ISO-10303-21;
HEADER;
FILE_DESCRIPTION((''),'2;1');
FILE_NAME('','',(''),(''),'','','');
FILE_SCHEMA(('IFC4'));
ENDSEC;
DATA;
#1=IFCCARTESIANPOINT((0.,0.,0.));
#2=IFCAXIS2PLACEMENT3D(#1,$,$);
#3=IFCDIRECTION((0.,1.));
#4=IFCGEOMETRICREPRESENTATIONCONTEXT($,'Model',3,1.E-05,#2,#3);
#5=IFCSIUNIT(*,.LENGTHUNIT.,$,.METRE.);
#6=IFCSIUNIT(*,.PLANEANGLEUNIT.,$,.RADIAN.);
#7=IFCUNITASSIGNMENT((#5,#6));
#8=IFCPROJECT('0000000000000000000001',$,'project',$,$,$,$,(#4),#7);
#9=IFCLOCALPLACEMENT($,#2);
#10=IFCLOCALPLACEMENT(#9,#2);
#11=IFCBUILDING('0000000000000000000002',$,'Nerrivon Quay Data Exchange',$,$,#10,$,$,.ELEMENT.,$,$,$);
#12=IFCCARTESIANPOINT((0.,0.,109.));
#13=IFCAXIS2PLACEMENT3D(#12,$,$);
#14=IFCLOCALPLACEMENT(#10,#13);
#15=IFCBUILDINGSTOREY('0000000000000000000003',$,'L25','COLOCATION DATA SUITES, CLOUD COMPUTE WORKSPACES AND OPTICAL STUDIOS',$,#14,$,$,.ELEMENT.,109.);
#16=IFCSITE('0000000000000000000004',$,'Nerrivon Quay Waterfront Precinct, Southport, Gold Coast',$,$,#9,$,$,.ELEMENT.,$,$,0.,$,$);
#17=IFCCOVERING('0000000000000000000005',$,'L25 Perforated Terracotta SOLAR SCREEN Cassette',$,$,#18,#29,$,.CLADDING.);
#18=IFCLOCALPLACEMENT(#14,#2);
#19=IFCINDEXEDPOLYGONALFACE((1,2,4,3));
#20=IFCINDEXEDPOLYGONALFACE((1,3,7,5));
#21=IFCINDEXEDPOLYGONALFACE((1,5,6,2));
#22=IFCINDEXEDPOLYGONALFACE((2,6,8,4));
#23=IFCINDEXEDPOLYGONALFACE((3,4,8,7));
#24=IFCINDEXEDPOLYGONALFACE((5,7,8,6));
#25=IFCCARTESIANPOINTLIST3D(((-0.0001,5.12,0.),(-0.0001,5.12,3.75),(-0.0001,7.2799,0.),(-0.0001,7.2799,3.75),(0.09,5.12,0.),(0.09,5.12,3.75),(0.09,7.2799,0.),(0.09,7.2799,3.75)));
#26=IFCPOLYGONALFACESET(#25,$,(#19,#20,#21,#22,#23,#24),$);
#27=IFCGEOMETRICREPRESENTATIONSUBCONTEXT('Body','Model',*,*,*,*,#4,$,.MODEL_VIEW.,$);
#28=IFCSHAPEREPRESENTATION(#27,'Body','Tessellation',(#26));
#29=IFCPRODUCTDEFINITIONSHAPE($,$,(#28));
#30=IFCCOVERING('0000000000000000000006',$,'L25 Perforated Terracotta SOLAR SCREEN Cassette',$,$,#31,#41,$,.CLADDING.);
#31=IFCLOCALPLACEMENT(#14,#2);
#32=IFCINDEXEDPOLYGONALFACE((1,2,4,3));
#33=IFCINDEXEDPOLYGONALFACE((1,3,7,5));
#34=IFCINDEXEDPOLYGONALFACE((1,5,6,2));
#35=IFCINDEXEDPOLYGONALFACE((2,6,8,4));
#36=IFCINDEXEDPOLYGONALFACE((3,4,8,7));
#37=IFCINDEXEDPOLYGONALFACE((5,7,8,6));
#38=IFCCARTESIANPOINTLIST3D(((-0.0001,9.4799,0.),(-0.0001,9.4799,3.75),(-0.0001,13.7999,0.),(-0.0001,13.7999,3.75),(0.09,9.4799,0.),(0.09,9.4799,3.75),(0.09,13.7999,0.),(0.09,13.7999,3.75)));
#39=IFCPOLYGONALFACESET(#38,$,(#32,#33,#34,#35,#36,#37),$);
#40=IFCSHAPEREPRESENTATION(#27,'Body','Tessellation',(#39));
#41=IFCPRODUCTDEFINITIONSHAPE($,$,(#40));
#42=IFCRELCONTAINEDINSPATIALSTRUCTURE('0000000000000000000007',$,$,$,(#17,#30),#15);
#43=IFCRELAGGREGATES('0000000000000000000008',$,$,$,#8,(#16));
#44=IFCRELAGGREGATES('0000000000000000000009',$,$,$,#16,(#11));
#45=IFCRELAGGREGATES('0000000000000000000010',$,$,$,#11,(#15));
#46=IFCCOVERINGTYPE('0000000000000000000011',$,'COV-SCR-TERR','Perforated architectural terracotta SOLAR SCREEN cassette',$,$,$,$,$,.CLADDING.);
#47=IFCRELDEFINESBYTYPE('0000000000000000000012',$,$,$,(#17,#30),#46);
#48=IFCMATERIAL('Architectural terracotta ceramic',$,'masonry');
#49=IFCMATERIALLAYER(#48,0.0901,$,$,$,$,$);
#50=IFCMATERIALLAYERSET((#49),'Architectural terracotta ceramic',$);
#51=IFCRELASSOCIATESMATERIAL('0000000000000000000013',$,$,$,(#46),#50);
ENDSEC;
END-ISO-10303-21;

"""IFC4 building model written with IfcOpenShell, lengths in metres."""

from ifc_helpers import new_model, si_unit, direction, frame, origin, origin_2d, place, context, subcontext, project, spatial, rectangle, extrude, material, layer, layer_set, type_object, element, save


model = new_model("IFC4")

# Units and contexts
model_context = context("Model", 3, precision=1e-05, world=origin(), true_north=direction((0.0, 1.0)))
body_context = subcontext(model_context, "Body", "Model", "MODEL_VIEW")
ifc_project = project(units=[si_unit("LENGTHUNIT", "METRE"), si_unit("PLANEANGLEUNIT", "RADIAN")], contexts=[model_context])

# Site, building, storey
site_placement = place(None, origin())
site = spatial("IfcSite", under=ifc_project, at=site_placement, Name="Nerrivon Quay Waterfront Precinct, Southport, Gold Coast", CompositionType="ELEMENT", RefElevation=0.0)
building_placement = place(site_placement, origin())
building = spatial("IfcBuilding", under=site, at=building_placement, Name="Nerrivon Quay Data Exchange", CompositionType="ELEMENT")
storey_placement = place(building_placement, frame((0.0, 0.0, 109.0)))
storey = spatial("IfcBuildingStorey", under=building, at=storey_placement, Name="L25", Description="COLOCATION DATA SUITES, CLOUD COMPUTE WORKSPACES AND OPTICAL STUDIOS", CompositionType="ELEMENT", Elevation=109.0)

# Coverings
ifc_material_1 = material(Name="Architectural terracotta ceramic", Category="masonry")
ifc_layer_1 = layer(ifc_material_1, 0.0901)
ifc_layer_set_1 = layer_set([ifc_layer_1], Name="Architectural terracotta ceramic")
covering_type_1 = type_object("IfcCoveringType", Name="COV-SCR-TERR", Description="Perforated architectural terracotta SOLAR SCREEN cassette", PredefinedType="CLADDING", material=ifc_layer_set_1)
covering_1_placement = place(storey_placement, frame((0.0449, 6.2, 0.0), z_axis=(0.0, 0.0, 1.0), x_axis=(0.0, 1.0, 0.0)))
element("IfcCovering", 1, at=covering_1_placement, inside=storey, type_object=covering_type_1, Name="L25 Perforated Terracotta SOLAR SCREEN Cassette", PredefinedType="CLADDING", context=body_context, shape_type="SweptSolid", body=[
    extrude(rectangle(XDim=2.1599, YDim=0.0901, at=origin_2d()), origin(), (0.0, 0.0, 1.0), 3.75),
])
covering_2_placement = place(storey_placement, frame((0.0449, 11.6399, 0.0), z_axis=(0.0, 0.0, 1.0), x_axis=(0.0, 1.0, 0.0)))
element("IfcCovering", 2, at=covering_2_placement, inside=storey, type_object=covering_type_1, Name="L25 Perforated Terracotta SOLAR SCREEN Cassette", PredefinedType="CLADDING", context=body_context, shape_type="SweptSolid", body=[
    extrude(rectangle(XDim=4.3201, YDim=0.0901, at=origin_2d()), origin(), (0.0, 0.0, 1.0), 3.75),
])

save(model, "model.ifc")
